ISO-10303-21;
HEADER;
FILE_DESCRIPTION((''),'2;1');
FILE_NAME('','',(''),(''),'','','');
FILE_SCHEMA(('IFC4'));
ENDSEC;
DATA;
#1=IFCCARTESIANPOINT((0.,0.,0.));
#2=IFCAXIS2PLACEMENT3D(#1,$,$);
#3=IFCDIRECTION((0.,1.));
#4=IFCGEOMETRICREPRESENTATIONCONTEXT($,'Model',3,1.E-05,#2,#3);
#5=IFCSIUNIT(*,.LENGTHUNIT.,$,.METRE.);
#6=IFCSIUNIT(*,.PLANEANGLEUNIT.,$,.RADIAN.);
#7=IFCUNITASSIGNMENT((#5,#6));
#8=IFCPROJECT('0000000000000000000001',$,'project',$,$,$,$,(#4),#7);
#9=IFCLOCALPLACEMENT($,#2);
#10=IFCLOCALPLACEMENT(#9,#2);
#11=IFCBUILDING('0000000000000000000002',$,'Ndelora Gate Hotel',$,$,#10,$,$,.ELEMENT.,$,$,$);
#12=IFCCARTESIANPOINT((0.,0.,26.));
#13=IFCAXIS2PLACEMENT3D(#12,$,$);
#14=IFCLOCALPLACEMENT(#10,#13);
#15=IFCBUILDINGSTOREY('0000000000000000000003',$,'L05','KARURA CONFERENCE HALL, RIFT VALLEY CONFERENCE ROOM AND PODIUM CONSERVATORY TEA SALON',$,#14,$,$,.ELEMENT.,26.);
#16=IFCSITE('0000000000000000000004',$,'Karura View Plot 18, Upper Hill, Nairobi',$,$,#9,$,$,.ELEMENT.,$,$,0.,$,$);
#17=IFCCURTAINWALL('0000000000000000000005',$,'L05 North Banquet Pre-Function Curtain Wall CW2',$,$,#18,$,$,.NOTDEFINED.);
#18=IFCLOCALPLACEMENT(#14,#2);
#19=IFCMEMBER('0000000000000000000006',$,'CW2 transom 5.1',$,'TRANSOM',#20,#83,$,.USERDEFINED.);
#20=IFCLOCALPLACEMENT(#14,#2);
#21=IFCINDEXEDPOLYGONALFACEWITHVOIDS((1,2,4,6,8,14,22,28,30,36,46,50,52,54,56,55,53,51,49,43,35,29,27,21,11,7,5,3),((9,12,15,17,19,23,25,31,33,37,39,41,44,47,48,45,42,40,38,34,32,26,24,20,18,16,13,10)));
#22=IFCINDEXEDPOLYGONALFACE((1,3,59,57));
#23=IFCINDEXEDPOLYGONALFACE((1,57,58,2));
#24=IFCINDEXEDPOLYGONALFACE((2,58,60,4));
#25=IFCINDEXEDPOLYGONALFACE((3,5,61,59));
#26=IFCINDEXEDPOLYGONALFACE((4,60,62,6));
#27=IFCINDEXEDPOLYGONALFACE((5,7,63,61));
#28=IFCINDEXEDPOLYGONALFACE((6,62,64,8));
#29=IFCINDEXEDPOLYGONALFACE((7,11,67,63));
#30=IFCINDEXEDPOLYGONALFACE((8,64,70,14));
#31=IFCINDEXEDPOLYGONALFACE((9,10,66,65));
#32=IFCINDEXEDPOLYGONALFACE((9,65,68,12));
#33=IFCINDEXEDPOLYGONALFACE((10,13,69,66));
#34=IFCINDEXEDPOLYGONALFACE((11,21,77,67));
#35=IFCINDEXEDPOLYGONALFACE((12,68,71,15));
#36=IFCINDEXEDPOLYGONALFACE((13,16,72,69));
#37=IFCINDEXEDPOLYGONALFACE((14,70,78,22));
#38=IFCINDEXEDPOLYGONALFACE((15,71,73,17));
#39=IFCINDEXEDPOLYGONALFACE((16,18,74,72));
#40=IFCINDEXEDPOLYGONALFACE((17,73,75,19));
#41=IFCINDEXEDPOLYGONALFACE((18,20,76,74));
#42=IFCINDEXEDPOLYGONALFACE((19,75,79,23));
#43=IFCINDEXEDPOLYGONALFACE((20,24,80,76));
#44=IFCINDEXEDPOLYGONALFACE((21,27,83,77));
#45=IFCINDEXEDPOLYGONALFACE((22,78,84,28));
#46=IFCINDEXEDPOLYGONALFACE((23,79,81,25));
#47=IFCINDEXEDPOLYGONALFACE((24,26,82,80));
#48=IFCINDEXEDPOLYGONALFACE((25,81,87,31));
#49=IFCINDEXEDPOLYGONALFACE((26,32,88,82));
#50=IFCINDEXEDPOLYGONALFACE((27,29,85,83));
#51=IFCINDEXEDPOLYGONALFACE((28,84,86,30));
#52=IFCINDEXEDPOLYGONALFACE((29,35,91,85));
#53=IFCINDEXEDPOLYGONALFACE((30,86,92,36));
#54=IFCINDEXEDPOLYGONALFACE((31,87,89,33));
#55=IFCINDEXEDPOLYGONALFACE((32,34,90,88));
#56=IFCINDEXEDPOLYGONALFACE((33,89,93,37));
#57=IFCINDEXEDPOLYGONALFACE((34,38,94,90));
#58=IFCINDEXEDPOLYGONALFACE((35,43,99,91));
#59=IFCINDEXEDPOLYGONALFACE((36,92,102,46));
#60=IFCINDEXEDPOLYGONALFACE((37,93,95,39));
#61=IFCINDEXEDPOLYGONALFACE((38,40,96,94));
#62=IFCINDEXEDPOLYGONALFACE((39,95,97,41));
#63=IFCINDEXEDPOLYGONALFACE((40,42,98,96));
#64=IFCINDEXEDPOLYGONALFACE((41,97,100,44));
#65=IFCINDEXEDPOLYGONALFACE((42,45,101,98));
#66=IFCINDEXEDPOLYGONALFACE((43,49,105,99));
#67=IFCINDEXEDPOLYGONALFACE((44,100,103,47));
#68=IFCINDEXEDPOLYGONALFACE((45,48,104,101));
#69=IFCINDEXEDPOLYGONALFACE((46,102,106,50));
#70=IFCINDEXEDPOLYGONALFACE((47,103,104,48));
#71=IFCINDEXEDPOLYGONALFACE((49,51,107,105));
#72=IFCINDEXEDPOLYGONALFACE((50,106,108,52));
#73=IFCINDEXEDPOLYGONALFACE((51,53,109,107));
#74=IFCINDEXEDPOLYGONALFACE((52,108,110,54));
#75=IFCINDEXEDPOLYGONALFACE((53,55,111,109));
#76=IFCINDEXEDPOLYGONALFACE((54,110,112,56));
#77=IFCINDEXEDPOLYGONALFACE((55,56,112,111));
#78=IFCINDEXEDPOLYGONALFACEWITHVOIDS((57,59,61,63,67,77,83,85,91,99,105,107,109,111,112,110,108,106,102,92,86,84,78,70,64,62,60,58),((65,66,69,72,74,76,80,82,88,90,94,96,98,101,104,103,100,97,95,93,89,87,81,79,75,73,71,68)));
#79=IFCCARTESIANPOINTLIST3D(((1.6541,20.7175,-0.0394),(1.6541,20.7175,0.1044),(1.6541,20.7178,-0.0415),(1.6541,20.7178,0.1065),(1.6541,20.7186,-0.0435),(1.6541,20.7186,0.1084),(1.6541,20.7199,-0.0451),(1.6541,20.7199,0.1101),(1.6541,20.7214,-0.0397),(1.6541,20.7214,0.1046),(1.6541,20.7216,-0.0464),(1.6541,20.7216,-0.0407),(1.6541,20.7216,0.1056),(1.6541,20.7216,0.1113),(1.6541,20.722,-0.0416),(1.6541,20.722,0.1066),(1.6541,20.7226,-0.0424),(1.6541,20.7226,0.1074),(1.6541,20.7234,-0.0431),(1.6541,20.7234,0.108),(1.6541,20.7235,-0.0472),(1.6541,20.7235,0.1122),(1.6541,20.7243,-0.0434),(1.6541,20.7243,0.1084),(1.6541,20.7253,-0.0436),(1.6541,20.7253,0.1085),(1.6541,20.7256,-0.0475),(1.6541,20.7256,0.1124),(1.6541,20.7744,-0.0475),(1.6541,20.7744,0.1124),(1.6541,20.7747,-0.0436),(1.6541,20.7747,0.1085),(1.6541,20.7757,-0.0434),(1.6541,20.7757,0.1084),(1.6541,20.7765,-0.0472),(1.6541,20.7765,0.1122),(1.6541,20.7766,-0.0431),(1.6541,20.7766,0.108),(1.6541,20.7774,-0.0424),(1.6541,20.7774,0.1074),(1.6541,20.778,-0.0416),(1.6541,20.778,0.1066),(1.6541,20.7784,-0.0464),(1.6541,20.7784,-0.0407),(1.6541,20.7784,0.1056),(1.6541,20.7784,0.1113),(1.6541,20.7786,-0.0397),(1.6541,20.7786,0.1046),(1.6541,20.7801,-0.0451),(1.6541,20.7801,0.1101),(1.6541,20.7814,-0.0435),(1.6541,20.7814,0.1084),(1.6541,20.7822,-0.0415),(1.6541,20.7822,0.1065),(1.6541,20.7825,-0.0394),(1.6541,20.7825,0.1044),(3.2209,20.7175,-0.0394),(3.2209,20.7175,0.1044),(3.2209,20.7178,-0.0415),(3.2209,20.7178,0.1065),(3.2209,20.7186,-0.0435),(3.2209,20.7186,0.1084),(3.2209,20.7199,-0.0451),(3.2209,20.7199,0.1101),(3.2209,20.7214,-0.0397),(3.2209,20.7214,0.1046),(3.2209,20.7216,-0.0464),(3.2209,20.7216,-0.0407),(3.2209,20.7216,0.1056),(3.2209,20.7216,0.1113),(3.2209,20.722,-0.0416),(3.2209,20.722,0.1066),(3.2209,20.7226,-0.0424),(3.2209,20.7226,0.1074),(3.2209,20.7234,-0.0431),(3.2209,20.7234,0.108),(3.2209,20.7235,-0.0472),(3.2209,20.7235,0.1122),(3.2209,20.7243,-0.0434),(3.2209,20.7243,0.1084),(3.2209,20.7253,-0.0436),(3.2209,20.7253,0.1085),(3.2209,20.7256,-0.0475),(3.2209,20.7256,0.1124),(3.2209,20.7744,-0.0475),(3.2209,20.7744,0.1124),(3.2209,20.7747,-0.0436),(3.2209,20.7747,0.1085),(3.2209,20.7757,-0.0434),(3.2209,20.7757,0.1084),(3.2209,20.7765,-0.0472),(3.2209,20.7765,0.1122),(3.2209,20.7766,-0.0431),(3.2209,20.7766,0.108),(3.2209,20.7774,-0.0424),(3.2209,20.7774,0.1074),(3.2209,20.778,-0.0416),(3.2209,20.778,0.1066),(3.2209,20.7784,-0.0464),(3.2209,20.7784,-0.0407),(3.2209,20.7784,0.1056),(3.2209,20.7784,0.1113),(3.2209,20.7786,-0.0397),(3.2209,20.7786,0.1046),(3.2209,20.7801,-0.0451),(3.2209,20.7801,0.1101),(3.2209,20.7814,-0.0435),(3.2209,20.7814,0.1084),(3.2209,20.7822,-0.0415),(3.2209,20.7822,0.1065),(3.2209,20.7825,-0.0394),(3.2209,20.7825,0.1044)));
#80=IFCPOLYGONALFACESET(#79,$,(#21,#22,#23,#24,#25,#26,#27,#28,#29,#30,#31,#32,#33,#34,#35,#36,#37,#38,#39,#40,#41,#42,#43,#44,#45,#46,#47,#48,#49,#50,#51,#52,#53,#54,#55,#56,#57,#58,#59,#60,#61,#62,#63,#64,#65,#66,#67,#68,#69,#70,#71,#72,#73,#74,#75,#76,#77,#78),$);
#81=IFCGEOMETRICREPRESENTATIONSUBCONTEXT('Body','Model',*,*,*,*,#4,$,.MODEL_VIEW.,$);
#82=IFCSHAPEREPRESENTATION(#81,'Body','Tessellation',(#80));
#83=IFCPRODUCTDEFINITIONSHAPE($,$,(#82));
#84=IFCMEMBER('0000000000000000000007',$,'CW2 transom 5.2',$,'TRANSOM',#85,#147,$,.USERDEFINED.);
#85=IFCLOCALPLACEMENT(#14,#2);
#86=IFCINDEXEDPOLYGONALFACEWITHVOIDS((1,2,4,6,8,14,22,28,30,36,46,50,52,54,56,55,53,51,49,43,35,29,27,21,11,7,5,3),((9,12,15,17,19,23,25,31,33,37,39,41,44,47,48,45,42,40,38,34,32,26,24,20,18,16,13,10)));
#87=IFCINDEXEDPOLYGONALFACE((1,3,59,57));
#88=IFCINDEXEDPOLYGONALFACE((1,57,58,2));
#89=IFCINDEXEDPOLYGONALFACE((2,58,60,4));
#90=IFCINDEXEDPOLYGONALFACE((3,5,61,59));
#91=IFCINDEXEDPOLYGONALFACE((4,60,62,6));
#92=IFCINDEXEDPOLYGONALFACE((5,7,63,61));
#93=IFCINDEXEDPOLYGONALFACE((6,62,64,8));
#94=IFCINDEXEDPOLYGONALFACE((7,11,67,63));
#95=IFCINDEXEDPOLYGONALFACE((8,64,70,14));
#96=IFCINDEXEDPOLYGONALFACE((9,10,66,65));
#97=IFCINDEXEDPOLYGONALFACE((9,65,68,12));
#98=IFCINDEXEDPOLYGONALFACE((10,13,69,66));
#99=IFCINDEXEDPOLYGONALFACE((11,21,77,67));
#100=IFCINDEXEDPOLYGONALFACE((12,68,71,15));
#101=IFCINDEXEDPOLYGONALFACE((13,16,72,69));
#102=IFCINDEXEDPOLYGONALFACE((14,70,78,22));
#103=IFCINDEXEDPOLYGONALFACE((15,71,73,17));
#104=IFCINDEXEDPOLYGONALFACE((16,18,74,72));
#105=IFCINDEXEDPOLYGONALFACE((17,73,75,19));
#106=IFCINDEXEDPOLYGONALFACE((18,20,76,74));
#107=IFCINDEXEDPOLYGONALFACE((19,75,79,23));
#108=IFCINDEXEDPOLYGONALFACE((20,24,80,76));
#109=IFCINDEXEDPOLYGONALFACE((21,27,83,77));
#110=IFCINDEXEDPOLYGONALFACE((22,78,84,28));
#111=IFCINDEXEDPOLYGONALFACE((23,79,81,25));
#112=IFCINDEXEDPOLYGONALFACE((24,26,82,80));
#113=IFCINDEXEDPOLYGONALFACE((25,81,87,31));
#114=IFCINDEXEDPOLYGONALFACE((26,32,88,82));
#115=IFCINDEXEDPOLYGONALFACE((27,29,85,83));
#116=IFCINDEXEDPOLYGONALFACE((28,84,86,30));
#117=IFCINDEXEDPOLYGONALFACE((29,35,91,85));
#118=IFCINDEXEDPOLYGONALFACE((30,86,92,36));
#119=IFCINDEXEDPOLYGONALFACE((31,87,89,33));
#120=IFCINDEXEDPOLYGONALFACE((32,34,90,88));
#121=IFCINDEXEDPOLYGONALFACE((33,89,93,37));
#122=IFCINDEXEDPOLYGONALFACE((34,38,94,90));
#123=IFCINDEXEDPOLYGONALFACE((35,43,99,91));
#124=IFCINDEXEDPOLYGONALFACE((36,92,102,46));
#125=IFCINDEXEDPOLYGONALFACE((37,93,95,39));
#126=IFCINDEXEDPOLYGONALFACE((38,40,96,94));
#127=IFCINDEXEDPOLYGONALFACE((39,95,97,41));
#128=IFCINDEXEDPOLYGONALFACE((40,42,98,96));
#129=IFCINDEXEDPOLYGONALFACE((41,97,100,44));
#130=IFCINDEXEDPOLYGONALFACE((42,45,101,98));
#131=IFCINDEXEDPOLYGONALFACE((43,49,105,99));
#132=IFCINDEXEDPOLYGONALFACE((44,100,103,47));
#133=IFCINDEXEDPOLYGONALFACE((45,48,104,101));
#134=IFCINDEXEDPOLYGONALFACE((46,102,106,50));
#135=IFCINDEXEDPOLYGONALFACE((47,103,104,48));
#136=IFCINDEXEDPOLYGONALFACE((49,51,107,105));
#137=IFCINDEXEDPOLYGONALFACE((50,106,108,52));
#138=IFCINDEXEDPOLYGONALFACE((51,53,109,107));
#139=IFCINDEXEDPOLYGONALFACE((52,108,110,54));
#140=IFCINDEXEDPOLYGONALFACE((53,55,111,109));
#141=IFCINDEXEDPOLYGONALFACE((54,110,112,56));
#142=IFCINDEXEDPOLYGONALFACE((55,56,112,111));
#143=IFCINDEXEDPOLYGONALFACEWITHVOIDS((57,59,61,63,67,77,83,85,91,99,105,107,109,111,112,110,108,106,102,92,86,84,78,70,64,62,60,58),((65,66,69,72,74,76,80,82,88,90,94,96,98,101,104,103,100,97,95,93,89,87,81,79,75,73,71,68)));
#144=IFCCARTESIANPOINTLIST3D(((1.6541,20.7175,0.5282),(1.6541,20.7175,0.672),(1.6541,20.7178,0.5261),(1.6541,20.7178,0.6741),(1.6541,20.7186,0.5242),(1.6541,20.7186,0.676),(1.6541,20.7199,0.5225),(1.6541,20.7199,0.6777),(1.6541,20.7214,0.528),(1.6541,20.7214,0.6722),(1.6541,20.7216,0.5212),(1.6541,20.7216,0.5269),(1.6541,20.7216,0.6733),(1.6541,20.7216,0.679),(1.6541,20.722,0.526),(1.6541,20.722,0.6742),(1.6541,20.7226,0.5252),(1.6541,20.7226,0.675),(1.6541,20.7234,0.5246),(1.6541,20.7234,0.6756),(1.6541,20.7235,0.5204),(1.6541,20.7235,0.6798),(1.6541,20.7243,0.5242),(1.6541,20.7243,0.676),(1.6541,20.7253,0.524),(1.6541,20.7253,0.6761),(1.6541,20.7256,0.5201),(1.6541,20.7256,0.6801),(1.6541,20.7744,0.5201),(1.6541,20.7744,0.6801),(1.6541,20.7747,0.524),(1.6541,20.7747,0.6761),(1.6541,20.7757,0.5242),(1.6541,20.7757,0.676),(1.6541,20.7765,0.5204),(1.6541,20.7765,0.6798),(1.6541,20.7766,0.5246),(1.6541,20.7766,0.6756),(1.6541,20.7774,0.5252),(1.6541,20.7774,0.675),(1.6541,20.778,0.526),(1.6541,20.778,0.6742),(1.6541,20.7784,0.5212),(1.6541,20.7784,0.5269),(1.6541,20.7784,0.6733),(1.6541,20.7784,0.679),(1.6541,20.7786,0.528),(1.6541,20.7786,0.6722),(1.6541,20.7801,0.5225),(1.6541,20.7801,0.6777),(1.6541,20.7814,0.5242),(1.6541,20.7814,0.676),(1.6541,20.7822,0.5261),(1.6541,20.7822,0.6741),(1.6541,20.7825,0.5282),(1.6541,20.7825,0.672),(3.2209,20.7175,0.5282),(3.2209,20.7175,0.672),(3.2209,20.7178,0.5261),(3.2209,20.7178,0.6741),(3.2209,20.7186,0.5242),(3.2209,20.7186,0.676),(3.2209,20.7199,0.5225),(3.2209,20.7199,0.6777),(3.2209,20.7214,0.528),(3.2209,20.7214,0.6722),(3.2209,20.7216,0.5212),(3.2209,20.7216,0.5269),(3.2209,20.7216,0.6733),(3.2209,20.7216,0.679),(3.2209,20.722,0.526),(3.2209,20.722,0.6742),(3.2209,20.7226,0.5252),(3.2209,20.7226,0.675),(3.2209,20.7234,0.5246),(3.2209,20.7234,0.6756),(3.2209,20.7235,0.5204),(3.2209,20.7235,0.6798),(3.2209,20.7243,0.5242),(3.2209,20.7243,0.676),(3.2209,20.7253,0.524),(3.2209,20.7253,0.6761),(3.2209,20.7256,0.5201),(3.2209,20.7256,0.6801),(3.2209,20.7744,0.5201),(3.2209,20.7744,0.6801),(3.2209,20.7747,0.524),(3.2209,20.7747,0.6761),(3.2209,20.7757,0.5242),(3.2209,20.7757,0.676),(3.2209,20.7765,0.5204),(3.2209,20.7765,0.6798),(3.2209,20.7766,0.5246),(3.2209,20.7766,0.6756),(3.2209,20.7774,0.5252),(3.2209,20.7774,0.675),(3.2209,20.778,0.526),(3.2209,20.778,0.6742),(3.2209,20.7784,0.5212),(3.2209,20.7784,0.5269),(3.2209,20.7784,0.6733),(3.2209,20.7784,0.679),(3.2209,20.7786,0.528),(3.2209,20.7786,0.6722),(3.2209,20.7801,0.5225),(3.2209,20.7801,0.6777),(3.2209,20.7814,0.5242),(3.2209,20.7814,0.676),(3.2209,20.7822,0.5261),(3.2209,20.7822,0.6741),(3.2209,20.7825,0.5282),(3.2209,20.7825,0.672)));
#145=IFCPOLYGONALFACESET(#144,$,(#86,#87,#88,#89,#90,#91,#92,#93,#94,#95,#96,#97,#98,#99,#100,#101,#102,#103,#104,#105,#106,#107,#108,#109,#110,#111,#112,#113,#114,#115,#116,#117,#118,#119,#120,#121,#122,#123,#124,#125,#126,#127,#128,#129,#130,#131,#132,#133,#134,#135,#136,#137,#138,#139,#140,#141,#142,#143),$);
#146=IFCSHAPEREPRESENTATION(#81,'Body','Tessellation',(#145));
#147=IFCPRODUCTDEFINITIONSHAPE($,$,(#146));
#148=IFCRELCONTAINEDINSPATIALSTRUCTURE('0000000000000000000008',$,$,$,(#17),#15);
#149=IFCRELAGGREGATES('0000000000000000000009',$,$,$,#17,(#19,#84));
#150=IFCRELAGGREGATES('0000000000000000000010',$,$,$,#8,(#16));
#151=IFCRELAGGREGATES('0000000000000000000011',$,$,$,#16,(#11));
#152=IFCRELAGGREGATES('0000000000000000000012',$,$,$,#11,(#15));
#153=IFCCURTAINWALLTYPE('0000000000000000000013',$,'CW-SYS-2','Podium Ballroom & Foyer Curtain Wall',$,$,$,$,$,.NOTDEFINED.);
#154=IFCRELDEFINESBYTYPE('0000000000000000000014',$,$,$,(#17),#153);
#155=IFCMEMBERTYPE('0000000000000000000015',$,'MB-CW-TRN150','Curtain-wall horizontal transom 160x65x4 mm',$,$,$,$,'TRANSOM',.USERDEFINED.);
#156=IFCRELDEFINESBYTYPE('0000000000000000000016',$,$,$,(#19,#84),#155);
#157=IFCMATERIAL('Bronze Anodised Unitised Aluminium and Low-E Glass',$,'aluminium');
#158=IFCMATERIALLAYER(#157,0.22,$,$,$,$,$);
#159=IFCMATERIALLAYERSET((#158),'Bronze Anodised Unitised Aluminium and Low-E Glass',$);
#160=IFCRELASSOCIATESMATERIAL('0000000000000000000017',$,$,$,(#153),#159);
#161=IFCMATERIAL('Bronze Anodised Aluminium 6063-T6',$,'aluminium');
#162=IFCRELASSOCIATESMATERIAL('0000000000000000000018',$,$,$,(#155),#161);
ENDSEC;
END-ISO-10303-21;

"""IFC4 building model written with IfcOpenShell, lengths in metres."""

from ifc_helpers import new_model, si_unit, direction, frame, origin, origin_2d, place, context, subcontext, project, spatial, hollow_rectangle, extrude, material, layer, layer_set, material_profile, profile_set, type_object, element, aggregate, save


model = new_model("IFC4")

# Units and contexts
model_context = context("Model", 3, precision=1e-05, world=origin(), true_north=direction((0.0, 1.0)))
body_context = subcontext(model_context, "Body", "Model", "MODEL_VIEW")
ifc_project = project(units=[si_unit("LENGTHUNIT", "METRE"), si_unit("PLANEANGLEUNIT", "RADIAN")], contexts=[model_context])

# Site, building, storey
site_placement = place(None, origin())
site = spatial("IfcSite", under=ifc_project, at=site_placement, Name="Karura View Plot 18, Upper Hill, Nairobi", CompositionType="ELEMENT", RefElevation=0.0)
building_placement = place(site_placement, origin())
building = spatial("IfcBuilding", under=site, at=building_placement, Name="Ndelora Gate Hotel", CompositionType="ELEMENT")
storey_placement = place(building_placement, frame((0.0, 0.0, 26.0)))
storey = spatial("IfcBuildingStorey", under=building, at=storey_placement, Name="L05", Description="KARURA CONFERENCE HALL, RIFT VALLEY CONFERENCE ROOM AND PODIUM CONSERVATORY TEA SALON", CompositionType="ELEMENT", Elevation=26.0)

# Curtain wall, members
ifc_material_1 = material(Name="Bronze Anodised Unitised Aluminium and Low-E Glass", Category="aluminium")
ifc_layer_1 = layer(ifc_material_1, 0.22)
ifc_layer_set_1 = layer_set([ifc_layer_1], Name="Bronze Anodised Unitised Aluminium and Low-E Glass")
curtain_wall_type = type_object("IfcCurtainWallType", Name="CW-SYS-2", Description="Podium Ballroom & Foyer Curtain Wall", PredefinedType="NOTDEFINED", material=ifc_layer_set_1)
curtain_wall_placement = place(storey_placement, origin())
curtain_wall = element("IfcCurtainWall", 1, at=curtain_wall_placement, inside=storey, type_object=curtain_wall_type, Name="L05 North Banquet Pre-Function Curtain Wall CW2", PredefinedType="NOTDEFINED")
ifc_material_2 = material(Name="Bronze Anodised Aluminium 6063-T6", Category="aluminium")
ifc_material_profile_1 = material_profile(ifc_material_2, hollow_rectangle(XDim=0.0649, YDim=0.1599, WallThickness=0.0039, InnerFilletRadius=0.0039, OuterFilletRadius=0.0081, at=origin_2d()), Name="ALU 160x65x4")
ifc_profile_set_1 = profile_set([ifc_material_profile_1], Name="Bronze Anodised Aluminium 6063-T6")
member_type_1 = type_object("IfcMemberType", Name="MB-CW-TRN150", Description="Curtain-wall horizontal transom 160x65x4 mm", ElementType="TRANSOM", PredefinedType="USERDEFINED", material=ifc_profile_set_1)
member_1_placement = place(storey_placement, frame((3.2209, 20.75, 0.0325), z_axis=(-1.0, 0.0, 0.0), x_axis=(0.0, -1.0, 0.0)))
member_1 = element("IfcMember", 2, at=member_1_placement, type_object=member_type_1, Name="CW2 transom 5.1", ObjectType="TRANSOM", PredefinedType="USERDEFINED", context=body_context, shape_type="SweptSolid", body=[
    extrude(hollow_rectangle(XDim=0.0649, YDim=0.1599, WallThickness=0.0039, InnerFilletRadius=0.0039, OuterFilletRadius=0.0081, at=origin_2d()), origin(), (0.0, 0.0, 1.0), 1.5669),
])
member_2_placement = place(storey_placement, frame((3.2209, 20.75, 0.6001), z_axis=(-1.0, 0.0, 0.0), x_axis=(0.0, -1.0, 0.0)))
member_2 = element("IfcMember", 3, at=member_2_placement, type_object=member_type_1, Name="CW2 transom 5.2", ObjectType="TRANSOM", PredefinedType="USERDEFINED", context=body_context, shape_type="SweptSolid", body=[
    extrude(hollow_rectangle(XDim=0.0649, YDim=0.1599, WallThickness=0.0039, InnerFilletRadius=0.0039, OuterFilletRadius=0.0081, at=origin_2d()), origin(), (0.0, 0.0, 1.0), 1.5669),
])
aggregate(curtain_wall, [member_1, member_2])

save(model, "model.ifc")
